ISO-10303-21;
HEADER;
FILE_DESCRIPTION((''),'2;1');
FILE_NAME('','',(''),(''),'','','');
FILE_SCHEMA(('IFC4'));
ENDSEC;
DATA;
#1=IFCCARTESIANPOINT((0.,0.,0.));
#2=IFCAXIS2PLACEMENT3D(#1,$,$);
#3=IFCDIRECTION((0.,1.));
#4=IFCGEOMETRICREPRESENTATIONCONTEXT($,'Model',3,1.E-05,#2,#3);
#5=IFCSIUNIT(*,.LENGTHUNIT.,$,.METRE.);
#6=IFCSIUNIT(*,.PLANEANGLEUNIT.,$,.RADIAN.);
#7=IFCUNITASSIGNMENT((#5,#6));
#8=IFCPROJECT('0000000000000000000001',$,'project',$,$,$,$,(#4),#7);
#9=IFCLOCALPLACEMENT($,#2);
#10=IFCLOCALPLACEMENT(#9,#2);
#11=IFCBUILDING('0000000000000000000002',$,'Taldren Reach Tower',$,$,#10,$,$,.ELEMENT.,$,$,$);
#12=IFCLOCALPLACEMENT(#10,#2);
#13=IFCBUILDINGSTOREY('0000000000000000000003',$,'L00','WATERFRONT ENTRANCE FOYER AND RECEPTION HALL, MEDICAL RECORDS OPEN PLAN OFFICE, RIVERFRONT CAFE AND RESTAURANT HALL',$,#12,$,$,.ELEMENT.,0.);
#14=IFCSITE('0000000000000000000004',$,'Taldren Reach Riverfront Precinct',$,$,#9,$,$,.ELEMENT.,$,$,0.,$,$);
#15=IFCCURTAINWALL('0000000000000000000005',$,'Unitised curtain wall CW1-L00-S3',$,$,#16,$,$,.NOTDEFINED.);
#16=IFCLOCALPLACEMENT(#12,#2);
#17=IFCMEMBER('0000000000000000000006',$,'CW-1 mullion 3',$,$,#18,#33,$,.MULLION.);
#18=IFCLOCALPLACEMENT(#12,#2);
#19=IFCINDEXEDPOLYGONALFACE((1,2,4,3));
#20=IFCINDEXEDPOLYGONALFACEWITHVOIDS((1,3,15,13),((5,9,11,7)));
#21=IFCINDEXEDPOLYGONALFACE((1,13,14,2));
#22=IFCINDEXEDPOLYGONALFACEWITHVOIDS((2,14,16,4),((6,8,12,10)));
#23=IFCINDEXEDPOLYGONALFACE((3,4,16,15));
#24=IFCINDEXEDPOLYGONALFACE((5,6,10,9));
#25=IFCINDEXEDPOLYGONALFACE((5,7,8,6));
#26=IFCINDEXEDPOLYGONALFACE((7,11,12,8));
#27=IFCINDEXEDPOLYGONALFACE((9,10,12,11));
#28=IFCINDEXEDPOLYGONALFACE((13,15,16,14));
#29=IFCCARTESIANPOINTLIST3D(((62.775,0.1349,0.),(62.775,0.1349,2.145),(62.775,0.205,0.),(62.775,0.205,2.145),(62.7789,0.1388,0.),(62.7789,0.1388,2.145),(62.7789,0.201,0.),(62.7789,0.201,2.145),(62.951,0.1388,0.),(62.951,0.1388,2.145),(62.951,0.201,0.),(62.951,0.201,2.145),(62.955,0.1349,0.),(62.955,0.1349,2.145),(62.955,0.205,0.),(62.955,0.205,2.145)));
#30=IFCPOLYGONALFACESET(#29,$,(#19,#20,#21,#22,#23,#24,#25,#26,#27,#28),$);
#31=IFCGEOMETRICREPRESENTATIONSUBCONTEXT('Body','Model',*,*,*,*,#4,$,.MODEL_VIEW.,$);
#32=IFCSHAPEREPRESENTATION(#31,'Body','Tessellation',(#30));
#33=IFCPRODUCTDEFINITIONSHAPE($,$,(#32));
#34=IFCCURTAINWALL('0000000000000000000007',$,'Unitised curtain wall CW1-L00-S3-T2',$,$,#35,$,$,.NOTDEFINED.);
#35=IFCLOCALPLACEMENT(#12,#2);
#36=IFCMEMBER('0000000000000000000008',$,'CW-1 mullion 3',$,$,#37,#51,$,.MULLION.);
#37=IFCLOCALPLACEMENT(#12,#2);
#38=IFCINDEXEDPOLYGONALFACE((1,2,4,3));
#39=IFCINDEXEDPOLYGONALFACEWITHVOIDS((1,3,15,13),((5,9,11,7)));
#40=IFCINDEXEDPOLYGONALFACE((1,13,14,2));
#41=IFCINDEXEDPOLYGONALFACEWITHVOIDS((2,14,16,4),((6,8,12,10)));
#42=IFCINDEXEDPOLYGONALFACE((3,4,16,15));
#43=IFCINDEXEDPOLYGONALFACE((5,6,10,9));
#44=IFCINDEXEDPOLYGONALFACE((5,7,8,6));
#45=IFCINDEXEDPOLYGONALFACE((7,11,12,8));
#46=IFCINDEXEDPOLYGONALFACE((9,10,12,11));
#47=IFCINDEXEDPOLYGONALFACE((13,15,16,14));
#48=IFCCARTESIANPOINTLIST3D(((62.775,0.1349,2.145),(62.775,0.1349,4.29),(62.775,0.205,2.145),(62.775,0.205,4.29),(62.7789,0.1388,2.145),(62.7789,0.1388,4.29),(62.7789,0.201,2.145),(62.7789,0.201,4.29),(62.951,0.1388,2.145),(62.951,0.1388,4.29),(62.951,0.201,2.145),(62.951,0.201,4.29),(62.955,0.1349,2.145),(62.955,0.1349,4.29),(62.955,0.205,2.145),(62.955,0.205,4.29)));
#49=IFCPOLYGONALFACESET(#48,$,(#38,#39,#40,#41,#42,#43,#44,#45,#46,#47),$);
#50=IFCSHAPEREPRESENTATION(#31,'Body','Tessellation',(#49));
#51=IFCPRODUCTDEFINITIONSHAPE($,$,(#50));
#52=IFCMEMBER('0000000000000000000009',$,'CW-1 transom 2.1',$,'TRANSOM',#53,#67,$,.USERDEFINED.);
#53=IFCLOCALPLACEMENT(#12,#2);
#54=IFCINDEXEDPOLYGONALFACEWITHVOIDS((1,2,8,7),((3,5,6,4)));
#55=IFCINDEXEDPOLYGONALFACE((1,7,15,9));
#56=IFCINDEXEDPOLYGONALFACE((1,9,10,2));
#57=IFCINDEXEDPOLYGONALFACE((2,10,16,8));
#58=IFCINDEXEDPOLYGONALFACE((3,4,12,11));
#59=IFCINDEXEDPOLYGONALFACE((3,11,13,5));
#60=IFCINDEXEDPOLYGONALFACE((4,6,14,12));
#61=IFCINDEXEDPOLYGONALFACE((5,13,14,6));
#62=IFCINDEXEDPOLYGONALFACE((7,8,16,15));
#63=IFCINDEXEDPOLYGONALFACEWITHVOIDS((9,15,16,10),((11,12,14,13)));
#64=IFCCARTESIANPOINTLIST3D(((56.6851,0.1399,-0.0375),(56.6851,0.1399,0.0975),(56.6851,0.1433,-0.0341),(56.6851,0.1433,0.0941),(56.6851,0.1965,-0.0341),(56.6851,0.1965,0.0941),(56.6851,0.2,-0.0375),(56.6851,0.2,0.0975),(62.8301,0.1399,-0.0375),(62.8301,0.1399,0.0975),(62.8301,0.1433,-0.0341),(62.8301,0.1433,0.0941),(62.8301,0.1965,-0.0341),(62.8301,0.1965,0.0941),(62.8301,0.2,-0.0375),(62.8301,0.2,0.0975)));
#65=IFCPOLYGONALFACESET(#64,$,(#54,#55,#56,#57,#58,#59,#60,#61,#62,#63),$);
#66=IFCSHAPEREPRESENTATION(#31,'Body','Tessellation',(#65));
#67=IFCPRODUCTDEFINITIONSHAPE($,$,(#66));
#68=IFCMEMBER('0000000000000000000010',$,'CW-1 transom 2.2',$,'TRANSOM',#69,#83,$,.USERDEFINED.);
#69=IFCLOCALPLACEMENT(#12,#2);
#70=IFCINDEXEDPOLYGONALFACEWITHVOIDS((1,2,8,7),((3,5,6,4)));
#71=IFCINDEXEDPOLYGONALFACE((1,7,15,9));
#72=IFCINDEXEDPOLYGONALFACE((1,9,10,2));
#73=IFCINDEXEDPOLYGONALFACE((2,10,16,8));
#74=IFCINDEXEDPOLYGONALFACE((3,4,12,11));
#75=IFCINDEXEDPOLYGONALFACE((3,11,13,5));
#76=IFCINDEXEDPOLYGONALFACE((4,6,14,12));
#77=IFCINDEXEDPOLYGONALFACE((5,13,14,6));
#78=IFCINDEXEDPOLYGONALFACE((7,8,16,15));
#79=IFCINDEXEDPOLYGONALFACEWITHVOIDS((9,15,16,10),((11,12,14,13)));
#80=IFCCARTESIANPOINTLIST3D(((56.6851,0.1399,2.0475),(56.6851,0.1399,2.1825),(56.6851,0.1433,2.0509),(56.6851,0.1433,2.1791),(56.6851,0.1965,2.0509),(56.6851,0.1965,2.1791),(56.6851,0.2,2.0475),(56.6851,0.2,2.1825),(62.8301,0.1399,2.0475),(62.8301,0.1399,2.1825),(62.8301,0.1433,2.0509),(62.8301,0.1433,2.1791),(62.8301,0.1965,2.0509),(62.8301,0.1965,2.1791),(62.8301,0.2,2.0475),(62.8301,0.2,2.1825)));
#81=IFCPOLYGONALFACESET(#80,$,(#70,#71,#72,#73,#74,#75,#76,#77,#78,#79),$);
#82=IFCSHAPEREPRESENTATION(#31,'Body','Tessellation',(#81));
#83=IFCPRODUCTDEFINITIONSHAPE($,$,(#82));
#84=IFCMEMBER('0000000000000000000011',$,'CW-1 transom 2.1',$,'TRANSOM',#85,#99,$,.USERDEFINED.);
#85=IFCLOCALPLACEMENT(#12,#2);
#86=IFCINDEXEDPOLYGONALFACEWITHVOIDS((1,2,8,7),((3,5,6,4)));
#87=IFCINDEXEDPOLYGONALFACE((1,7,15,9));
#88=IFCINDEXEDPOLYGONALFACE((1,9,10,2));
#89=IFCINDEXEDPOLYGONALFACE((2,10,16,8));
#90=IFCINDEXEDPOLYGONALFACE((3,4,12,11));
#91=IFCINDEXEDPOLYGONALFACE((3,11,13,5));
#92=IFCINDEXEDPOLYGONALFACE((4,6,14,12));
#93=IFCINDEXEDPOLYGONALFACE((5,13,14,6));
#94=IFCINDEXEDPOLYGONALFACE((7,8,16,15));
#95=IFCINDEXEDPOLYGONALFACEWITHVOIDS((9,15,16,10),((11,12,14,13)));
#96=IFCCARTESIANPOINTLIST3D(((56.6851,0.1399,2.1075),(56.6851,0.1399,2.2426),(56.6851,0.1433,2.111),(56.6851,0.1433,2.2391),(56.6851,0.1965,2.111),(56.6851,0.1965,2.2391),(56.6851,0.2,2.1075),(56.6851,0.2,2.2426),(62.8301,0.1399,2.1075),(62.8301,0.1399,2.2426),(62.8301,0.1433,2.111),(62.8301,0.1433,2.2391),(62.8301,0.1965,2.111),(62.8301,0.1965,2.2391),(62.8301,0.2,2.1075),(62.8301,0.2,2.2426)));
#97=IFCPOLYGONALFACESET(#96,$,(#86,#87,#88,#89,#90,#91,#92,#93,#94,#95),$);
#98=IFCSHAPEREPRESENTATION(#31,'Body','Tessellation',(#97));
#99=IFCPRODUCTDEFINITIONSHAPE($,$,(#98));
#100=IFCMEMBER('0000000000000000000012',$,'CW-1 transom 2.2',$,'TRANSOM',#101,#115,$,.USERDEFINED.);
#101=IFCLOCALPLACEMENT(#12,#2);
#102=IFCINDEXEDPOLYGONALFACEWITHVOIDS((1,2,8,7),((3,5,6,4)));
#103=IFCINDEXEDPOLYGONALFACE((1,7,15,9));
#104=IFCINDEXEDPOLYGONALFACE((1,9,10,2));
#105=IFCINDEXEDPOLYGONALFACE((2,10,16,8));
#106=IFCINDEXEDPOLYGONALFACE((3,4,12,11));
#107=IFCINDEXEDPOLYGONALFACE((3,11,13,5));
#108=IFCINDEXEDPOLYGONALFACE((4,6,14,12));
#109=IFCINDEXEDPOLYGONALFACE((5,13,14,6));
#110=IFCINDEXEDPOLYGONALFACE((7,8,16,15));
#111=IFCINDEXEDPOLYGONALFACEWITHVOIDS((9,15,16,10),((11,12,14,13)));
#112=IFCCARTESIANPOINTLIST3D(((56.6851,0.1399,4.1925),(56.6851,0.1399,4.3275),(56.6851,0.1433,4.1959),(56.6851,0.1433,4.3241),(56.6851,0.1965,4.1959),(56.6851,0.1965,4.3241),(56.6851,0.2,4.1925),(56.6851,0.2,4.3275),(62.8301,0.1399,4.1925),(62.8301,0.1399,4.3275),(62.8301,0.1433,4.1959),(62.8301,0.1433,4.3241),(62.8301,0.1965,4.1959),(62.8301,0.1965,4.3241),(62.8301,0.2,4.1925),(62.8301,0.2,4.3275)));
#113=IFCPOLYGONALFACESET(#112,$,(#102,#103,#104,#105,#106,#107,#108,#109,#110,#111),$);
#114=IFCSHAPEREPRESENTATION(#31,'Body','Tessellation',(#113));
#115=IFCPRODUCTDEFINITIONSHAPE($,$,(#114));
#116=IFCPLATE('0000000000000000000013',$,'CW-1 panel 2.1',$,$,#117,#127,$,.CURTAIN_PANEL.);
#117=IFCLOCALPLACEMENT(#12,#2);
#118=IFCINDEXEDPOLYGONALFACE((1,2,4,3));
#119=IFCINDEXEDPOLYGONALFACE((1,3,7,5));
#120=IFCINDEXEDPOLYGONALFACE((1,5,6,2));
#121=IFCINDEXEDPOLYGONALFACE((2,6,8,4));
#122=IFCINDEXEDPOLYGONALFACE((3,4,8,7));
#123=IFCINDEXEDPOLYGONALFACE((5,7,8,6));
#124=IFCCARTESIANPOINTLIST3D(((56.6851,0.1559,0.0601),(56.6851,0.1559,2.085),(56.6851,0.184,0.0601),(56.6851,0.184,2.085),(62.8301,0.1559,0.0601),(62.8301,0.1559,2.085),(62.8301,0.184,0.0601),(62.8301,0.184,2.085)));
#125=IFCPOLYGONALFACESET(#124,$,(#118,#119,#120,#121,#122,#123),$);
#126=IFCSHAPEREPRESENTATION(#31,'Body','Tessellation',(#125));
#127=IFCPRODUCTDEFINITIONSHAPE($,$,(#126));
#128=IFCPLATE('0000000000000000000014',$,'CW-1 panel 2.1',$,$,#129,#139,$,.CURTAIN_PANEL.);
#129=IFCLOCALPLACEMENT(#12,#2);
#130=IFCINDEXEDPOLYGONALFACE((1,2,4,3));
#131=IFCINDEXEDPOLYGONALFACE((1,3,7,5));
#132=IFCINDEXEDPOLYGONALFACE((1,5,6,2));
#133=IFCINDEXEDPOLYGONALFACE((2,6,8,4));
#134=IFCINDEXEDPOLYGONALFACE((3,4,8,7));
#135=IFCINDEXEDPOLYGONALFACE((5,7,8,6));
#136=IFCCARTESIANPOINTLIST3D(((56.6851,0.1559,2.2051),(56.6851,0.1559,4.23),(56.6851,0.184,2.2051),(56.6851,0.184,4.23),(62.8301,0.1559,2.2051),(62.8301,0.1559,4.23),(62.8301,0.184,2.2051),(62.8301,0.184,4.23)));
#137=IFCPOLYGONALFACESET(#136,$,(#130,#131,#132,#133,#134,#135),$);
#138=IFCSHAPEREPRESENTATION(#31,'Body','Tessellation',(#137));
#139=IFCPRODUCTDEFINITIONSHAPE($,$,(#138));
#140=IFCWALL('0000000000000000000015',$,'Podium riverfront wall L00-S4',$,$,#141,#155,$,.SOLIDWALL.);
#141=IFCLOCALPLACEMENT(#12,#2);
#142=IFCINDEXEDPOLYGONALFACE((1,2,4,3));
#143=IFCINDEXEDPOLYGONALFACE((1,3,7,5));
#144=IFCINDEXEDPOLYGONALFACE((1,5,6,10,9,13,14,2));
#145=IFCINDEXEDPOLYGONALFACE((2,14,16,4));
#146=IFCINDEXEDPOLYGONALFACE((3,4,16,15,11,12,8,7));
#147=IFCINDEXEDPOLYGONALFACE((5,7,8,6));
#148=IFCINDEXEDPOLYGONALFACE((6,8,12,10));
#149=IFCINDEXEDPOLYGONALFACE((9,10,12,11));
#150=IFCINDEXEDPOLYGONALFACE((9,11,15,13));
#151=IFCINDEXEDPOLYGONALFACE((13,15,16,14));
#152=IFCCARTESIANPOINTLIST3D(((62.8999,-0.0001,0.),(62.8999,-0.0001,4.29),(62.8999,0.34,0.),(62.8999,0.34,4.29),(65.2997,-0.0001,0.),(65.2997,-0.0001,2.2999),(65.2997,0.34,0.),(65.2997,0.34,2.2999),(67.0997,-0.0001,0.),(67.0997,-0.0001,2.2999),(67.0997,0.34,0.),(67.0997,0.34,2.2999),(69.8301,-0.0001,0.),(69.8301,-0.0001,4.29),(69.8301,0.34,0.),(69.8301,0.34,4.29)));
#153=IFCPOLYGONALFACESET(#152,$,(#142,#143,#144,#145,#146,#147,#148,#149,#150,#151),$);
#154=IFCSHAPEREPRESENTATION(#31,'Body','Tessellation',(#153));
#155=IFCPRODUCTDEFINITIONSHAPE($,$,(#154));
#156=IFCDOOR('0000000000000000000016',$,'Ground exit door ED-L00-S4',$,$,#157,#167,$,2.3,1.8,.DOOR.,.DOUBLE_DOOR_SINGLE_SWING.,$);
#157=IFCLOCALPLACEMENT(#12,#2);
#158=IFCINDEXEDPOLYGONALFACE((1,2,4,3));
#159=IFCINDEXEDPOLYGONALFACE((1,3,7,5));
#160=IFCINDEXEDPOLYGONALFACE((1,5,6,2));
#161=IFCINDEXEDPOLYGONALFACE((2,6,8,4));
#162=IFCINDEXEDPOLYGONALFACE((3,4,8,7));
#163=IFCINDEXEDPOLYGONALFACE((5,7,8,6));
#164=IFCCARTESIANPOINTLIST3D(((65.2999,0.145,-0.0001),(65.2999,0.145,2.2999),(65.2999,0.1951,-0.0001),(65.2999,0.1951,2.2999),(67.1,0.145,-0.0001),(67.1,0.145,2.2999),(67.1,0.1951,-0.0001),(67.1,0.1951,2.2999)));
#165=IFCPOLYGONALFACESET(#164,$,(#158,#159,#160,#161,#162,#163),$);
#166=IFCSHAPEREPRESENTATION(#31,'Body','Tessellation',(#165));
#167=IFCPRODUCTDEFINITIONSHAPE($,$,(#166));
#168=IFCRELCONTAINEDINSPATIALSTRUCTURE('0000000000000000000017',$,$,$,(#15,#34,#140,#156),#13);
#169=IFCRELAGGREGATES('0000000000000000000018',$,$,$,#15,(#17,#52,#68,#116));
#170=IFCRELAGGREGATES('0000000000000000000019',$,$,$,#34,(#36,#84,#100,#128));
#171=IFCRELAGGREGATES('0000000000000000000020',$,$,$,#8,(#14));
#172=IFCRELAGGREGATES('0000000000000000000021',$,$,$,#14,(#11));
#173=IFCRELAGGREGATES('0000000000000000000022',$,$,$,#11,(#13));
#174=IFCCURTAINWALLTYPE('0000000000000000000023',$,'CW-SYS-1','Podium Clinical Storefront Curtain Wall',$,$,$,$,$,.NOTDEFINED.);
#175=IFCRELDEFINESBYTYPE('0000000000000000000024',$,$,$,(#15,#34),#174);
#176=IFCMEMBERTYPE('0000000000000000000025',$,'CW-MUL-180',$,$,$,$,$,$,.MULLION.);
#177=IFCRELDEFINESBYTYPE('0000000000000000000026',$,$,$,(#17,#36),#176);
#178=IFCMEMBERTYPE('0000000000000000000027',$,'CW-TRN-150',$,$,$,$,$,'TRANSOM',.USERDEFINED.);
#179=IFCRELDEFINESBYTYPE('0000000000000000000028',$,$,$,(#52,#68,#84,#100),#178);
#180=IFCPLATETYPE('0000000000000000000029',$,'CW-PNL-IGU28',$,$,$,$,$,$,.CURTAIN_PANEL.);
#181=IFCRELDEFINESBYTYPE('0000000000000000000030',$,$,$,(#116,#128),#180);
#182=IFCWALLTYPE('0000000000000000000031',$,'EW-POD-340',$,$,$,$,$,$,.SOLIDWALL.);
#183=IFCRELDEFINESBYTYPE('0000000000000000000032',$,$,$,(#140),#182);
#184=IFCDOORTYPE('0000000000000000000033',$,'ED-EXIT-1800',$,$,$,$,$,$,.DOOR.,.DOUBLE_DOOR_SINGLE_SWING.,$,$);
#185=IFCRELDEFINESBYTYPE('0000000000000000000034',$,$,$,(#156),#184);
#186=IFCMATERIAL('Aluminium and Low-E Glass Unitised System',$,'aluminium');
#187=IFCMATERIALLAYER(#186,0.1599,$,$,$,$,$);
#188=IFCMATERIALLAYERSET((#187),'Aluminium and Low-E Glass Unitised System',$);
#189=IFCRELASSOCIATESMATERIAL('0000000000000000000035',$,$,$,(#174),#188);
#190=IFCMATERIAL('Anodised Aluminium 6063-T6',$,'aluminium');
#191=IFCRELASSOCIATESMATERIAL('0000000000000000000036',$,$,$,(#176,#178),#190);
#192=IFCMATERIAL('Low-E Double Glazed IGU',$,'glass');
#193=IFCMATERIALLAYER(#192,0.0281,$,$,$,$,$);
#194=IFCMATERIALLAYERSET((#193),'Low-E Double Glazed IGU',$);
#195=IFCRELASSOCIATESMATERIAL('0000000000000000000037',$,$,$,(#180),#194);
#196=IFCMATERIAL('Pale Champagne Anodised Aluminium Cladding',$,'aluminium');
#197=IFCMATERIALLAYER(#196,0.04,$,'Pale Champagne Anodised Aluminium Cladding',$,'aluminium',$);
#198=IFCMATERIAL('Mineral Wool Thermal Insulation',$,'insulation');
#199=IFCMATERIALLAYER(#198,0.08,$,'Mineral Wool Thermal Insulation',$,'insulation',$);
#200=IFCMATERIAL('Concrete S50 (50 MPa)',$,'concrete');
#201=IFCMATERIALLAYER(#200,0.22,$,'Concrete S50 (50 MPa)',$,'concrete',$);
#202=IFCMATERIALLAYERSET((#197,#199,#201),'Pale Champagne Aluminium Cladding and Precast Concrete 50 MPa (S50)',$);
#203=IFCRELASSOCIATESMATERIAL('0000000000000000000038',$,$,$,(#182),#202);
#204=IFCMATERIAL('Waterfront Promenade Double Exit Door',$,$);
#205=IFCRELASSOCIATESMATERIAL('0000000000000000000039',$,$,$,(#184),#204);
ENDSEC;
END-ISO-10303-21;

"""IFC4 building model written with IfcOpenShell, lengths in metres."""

from ifc_helpers import new_model, si_unit, direction, frame, frame_2d, origin, origin_2d, place, context, subcontext, project, spatial, rectangle, hollow_rectangle, extrude, source, transform, mapped, material, layer, layer_set, material_profile, profile_set, type_object, element, fill, aggregate, save


model = new_model("IFC4")

# Units and contexts
model_context = context("Model", 3, precision=1e-05, world=origin(), true_north=direction((0.0, 1.0)))
body_context = subcontext(model_context, "Body", "Model", "MODEL_VIEW")
ifc_project = project(units=[si_unit("LENGTHUNIT", "METRE"), si_unit("PLANEANGLEUNIT", "RADIAN")], contexts=[model_context])

# Site, building, storey
site_placement = place(None, origin())
site = spatial("IfcSite", under=ifc_project, at=site_placement, Name="Taldren Reach Riverfront Precinct", CompositionType="ELEMENT", RefElevation=0.0)
building_placement = place(site_placement, origin())
building = spatial("IfcBuilding", under=site, at=building_placement, Name="Taldren Reach Tower", CompositionType="ELEMENT")
storey_placement = place(building_placement, origin())
storey = spatial("IfcBuildingStorey", under=building, at=storey_placement, Name="L00", Description="WATERFRONT ENTRANCE FOYER AND RECEPTION HALL, MEDICAL RECORDS OPEN PLAN OFFICE, RIVERFRONT CAFE AND RESTAURANT HALL", CompositionType="ELEMENT", Elevation=0.0)

# Shared definitions
ifc_material_1 = material(Name="Concrete S50 (50 MPa)", Category="concrete")

# Curtain walls, members
ifc_material_2 = material(Name="Aluminium and Low-E Glass Unitised System", Category="aluminium")
ifc_layer_1 = layer(ifc_material_2, 0.1599)
ifc_layer_set_1 = layer_set([ifc_layer_1], Name="Aluminium and Low-E Glass Unitised System")
curtain_wall_type = type_object("IfcCurtainWallType", Name="CW-SYS-1", Description="Podium Clinical Storefront Curtain Wall", PredefinedType="NOTDEFINED", material=ifc_layer_set_1)
curtain_wall_1_placement = place(storey_placement, origin())
curtain_wall_1 = element("IfcCurtainWall", 1, at=curtain_wall_1_placement, inside=storey, type_object=curtain_wall_type, Name="Unitised curtain wall CW1-L00-S3", PredefinedType="NOTDEFINED")
ifc_material_3 = material(Name="Anodised Aluminium 6063-T6", Category="aluminium")
ifc_material_profile_1 = material_profile(ifc_material_3, hollow_rectangle(XDim=0.0701, YDim=0.1799, WallThickness=0.0039, at=origin_2d()), Name="ALU-180x70x4RHS")
ifc_profile_set_1 = profile_set([ifc_material_profile_1], Name="Anodised Aluminium 6063-T6")
member_type_1 = type_object("IfcMemberType", Name="CW-MUL-180", PredefinedType="MULLION", material=ifc_profile_set_1)
shared_shape_1 = source(origin(), body_context, "Body", "SweptSolid", [
    extrude(hollow_rectangle(XDim=0.0701, YDim=0.1799, WallThickness=0.0039, at=origin_2d()), origin(), (0.0, 0.0, 1.0), 2.145),
])
member_1_placement = place(storey_placement, frame((62.865, 0.1699, 0.0), z_axis=(0.0, 0.0, 1.0), x_axis=(0.0, 1.0, 0.0)))
member_1 = element("IfcMember", 2, at=member_1_placement, type_object=member_type_1, Name="CW-1 mullion 3", PredefinedType="MULLION", context=body_context, shape_type="MappedRepresentation", body=[
    mapped(shared_shape_1, transform((0.0, 0.0, 0.0), scale=1.0)),
])
curtain_wall_2_placement = place(storey_placement, origin())
curtain_wall_2 = element("IfcCurtainWall", 3, at=curtain_wall_2_placement, inside=storey, type_object=curtain_wall_type, Name="Unitised curtain wall CW1-L00-S3-T2", PredefinedType="NOTDEFINED")
member_2_placement = place(storey_placement, frame((62.865, 0.1699, 2.145), z_axis=(0.0, 0.0, 1.0), x_axis=(0.0, 1.0, 0.0)))
member_2 = element("IfcMember", 4, at=member_2_placement, type_object=member_type_1, Name="CW-1 mullion 3", PredefinedType="MULLION", context=body_context, shape_type="MappedRepresentation", body=[
    mapped(shared_shape_1, transform((0.0, 0.0, 0.0), scale=1.0)),
])

# Members
ifc_material_profile_2 = material_profile(ifc_material_3, hollow_rectangle(XDim=0.0601, YDim=0.135, WallThickness=0.0034, at=origin_2d()), Name="ALU-135x60x3.5RHS")
ifc_profile_set_2 = profile_set([ifc_material_profile_2], Name="Anodised Aluminium 6063-T6")
member_type_2 = type_object("IfcMemberType", Name="CW-TRN-150", ElementType="TRANSOM", PredefinedType="USERDEFINED", material=ifc_profile_set_2)
shared_shape_2 = source(origin(), body_context, "Body", "SweptSolid", [
    extrude(hollow_rectangle(XDim=0.0601, YDim=0.135, WallThickness=0.0034, at=origin_2d()), origin(), (0.0, 0.0, 1.0), 6.145),
])
member_3_placement = place(storey_placement, frame((56.6851, 0.1699, 0.03), z_axis=(1.0, 0.0, 0.0), x_axis=(0.0, 1.0, 0.0)))
member_3 = element("IfcMember", 5, at=member_3_placement, type_object=member_type_2, Name="CW-1 transom 2.1", ObjectType="TRANSOM", PredefinedType="USERDEFINED", context=body_context, shape_type="MappedRepresentation", body=[
    mapped(shared_shape_2, transform((0.0, 0.0, 0.0), scale=1.0)),
])
member_4_placement = place(storey_placement, frame((56.6851, 0.1699, 2.115), z_axis=(1.0, 0.0, 0.0), x_axis=(0.0, 1.0, 0.0)))
member_4 = element("IfcMember", 6, at=member_4_placement, type_object=member_type_2, Name="CW-1 transom 2.2", ObjectType="TRANSOM", PredefinedType="USERDEFINED", context=body_context, shape_type="MappedRepresentation", body=[
    mapped(shared_shape_2, transform((0.0, 0.0, 0.0), scale=1.0)),
])
member_5_placement = place(storey_placement, frame((56.6851, 0.1699, 2.175), z_axis=(1.0, 0.0, 0.0), x_axis=(0.0, 1.0, 0.0)))
member_5 = element("IfcMember", 7, at=member_5_placement, type_object=member_type_2, Name="CW-1 transom 2.1", ObjectType="TRANSOM", PredefinedType="USERDEFINED", context=body_context, shape_type="MappedRepresentation", body=[
    mapped(shared_shape_2, transform((0.0, 0.0, 0.0), scale=1.0)),
])
member_6_placement = place(storey_placement, frame((56.6851, 0.1699, 4.26), z_axis=(1.0, 0.0, 0.0), x_axis=(0.0, 1.0, 0.0)))
member_6 = element("IfcMember", 8, at=member_6_placement, type_object=member_type_2, Name="CW-1 transom 2.2", ObjectType="TRANSOM", PredefinedType="USERDEFINED", context=body_context, shape_type="MappedRepresentation", body=[
    mapped(shared_shape_2, transform((0.0, 0.0, 0.0), scale=1.0)),
])

# Plates
ifc_material_4 = material(Name="Low-E Double Glazed IGU", Category="glass")
ifc_layer_2 = layer(ifc_material_4, 0.0281)
ifc_layer_set_2 = layer_set([ifc_layer_2], Name="Low-E Double Glazed IGU")
plate_type = type_object("IfcPlateType", Name="CW-PNL-IGU28", PredefinedType="CURTAIN_PANEL", material=ifc_layer_set_2)
shared_shape_3 = source(origin(), body_context, "Body", "SweptSolid", [
    extrude(rectangle(XDim=6.145, YDim=0.0281, at=origin_2d()), origin(), (0.0, 0.0, 1.0), 2.0249),
])
plate_1_placement = place(storey_placement, frame((59.7576, 0.1699, 0.0601), z_axis=(0.0, 0.0, 1.0), x_axis=(1.0, 0.0, 0.0)))
plate_1 = element("IfcPlate", 9, at=plate_1_placement, type_object=plate_type, Name="CW-1 panel 2.1", PredefinedType="CURTAIN_PANEL", context=body_context, shape_type="MappedRepresentation", body=[
    mapped(shared_shape_3, transform((0.0, 0.0, 0.0), scale=1.0)),
])
aggregate(curtain_wall_1, [member_1, member_3, member_4, plate_1])
plate_2_placement = place(storey_placement, frame((59.7576, 0.1699, 2.2051), z_axis=(0.0, 0.0, 1.0), x_axis=(1.0, 0.0, 0.0)))
plate_2 = element("IfcPlate", 10, at=plate_2_placement, type_object=plate_type, Name="CW-1 panel 2.1", PredefinedType="CURTAIN_PANEL", context=body_context, shape_type="MappedRepresentation", body=[
    mapped(shared_shape_3, transform((0.0, 0.0, 0.0), scale=1.0)),
])
aggregate(curtain_wall_2, [member_2, member_5, member_6, plate_2])

# Wall, opening, door
ifc_material_5 = material(Name="Pale Champagne Anodised Aluminium Cladding", Category="aluminium")
ifc_layer_3 = layer(ifc_material_5, 0.04, Name="Pale Champagne Anodised Aluminium Cladding", Category="aluminium")
ifc_material_6 = material(Name="Mineral Wool Thermal Insulation", Category="insulation")
ifc_layer_4 = layer(ifc_material_6, 0.08, Name="Mineral Wool Thermal Insulation", Category="insulation")
ifc_layer_5 = layer(ifc_material_1, 0.22, Name="Concrete S50 (50 MPa)", Category="concrete")
ifc_layer_set_3 = layer_set([ifc_layer_3, ifc_layer_4, ifc_layer_5], Name="Pale Champagne Aluminium Cladding and Precast Concrete 50 MPa (S50)")
wall_type_1 = type_object("IfcWallType", Name="EW-POD-340", PredefinedType="SOLIDWALL", material=ifc_layer_set_3)
shared_shape_4 = source(origin(), body_context, "Body", "SweptSolid", [
    extrude(rectangle(XDim=6.9302, YDim=0.3401, at=frame_2d((3.4651, 0.0))), origin(), (0.0, 0.0, 1.0), 4.29),
])
wall_1_placement = place(storey_placement, frame((62.8999, 0.1699, 0.0), z_axis=(0.0, 0.0, 1.0), x_axis=(1.0, 0.0, 0.0)))
wall_1 = element("IfcWall", 11, at=wall_1_placement, inside=storey, type_object=wall_type_1, Name="Podium riverfront wall L00-S4", PredefinedType="SOLIDWALL", context=body_context, shape_type="MappedRepresentation", body=[
    mapped(shared_shape_4, transform((0.0, 0.0, 0.0), scale=1.0)),
])
shared_shape_5 = source(origin(), body_context, "Body", "SweptSolid", [
    extrude(rectangle(XDim=1.8, YDim=2.3, at=frame_2d((0.8999, 1.1499))), frame((0.0, 0.1802, 0.0), z_axis=(0.0, -1.0, 0.0), x_axis=(1.0, 0.0, 0.0)), (0.0, 0.0, 1.0), 0.3601),
])
opening_1_placement = place(wall_1_placement, frame((2.3999, 0.0, 0.0)))
opening_1 = element("IfcOpeningElement", 12, at=opening_1_placement, cuts=wall_1, PredefinedType="OPENING", context=body_context, shape_type="MappedRepresentation", body=[
    mapped(shared_shape_5, transform((0.0, 0.0, 0.0), scale=1.0)),
])
ifc_material_7 = material(Name="Waterfront Promenade Double Exit Door")
door_type_1 = type_object("IfcDoorType", Name="ED-EXIT-1800", OperationType="DOUBLE_DOOR_SINGLE_SWING", PredefinedType="DOOR", material=ifc_material_7)
shared_shape_6 = source(origin(), body_context, "Body", "SweptSolid", [
    extrude(rectangle(XDim=1.8, YDim=2.3, at=frame_2d((0.8999, 1.1499))), frame((0.0, 0.0249, 0.0), z_axis=(0.0, -1.0, 0.0), x_axis=(1.0, 0.0, 0.0)), (0.0, 0.0, 1.0), 0.05),
])
door_1_placement = place(opening_1_placement, frame((1.8, 0.0, 0.0), z_axis=(0.0, 0.0, 1.0), x_axis=(-1.0, 0.0, 0.0)))
door_1 = element("IfcDoor", 13, at=door_1_placement, inside=storey, type_object=door_type_1, Name="Ground exit door ED-L00-S4", OperationType="DOUBLE_DOOR_SINGLE_SWING", OverallHeight=2.3, OverallWidth=1.8, PredefinedType="DOOR", context=body_context, shape_type="MappedRepresentation", body=[
    mapped(shared_shape_6, transform((0.0, 0.0, 0.0), scale=1.0)),
])
fill(opening_1, door_1)

save(model, "model.ifc")
